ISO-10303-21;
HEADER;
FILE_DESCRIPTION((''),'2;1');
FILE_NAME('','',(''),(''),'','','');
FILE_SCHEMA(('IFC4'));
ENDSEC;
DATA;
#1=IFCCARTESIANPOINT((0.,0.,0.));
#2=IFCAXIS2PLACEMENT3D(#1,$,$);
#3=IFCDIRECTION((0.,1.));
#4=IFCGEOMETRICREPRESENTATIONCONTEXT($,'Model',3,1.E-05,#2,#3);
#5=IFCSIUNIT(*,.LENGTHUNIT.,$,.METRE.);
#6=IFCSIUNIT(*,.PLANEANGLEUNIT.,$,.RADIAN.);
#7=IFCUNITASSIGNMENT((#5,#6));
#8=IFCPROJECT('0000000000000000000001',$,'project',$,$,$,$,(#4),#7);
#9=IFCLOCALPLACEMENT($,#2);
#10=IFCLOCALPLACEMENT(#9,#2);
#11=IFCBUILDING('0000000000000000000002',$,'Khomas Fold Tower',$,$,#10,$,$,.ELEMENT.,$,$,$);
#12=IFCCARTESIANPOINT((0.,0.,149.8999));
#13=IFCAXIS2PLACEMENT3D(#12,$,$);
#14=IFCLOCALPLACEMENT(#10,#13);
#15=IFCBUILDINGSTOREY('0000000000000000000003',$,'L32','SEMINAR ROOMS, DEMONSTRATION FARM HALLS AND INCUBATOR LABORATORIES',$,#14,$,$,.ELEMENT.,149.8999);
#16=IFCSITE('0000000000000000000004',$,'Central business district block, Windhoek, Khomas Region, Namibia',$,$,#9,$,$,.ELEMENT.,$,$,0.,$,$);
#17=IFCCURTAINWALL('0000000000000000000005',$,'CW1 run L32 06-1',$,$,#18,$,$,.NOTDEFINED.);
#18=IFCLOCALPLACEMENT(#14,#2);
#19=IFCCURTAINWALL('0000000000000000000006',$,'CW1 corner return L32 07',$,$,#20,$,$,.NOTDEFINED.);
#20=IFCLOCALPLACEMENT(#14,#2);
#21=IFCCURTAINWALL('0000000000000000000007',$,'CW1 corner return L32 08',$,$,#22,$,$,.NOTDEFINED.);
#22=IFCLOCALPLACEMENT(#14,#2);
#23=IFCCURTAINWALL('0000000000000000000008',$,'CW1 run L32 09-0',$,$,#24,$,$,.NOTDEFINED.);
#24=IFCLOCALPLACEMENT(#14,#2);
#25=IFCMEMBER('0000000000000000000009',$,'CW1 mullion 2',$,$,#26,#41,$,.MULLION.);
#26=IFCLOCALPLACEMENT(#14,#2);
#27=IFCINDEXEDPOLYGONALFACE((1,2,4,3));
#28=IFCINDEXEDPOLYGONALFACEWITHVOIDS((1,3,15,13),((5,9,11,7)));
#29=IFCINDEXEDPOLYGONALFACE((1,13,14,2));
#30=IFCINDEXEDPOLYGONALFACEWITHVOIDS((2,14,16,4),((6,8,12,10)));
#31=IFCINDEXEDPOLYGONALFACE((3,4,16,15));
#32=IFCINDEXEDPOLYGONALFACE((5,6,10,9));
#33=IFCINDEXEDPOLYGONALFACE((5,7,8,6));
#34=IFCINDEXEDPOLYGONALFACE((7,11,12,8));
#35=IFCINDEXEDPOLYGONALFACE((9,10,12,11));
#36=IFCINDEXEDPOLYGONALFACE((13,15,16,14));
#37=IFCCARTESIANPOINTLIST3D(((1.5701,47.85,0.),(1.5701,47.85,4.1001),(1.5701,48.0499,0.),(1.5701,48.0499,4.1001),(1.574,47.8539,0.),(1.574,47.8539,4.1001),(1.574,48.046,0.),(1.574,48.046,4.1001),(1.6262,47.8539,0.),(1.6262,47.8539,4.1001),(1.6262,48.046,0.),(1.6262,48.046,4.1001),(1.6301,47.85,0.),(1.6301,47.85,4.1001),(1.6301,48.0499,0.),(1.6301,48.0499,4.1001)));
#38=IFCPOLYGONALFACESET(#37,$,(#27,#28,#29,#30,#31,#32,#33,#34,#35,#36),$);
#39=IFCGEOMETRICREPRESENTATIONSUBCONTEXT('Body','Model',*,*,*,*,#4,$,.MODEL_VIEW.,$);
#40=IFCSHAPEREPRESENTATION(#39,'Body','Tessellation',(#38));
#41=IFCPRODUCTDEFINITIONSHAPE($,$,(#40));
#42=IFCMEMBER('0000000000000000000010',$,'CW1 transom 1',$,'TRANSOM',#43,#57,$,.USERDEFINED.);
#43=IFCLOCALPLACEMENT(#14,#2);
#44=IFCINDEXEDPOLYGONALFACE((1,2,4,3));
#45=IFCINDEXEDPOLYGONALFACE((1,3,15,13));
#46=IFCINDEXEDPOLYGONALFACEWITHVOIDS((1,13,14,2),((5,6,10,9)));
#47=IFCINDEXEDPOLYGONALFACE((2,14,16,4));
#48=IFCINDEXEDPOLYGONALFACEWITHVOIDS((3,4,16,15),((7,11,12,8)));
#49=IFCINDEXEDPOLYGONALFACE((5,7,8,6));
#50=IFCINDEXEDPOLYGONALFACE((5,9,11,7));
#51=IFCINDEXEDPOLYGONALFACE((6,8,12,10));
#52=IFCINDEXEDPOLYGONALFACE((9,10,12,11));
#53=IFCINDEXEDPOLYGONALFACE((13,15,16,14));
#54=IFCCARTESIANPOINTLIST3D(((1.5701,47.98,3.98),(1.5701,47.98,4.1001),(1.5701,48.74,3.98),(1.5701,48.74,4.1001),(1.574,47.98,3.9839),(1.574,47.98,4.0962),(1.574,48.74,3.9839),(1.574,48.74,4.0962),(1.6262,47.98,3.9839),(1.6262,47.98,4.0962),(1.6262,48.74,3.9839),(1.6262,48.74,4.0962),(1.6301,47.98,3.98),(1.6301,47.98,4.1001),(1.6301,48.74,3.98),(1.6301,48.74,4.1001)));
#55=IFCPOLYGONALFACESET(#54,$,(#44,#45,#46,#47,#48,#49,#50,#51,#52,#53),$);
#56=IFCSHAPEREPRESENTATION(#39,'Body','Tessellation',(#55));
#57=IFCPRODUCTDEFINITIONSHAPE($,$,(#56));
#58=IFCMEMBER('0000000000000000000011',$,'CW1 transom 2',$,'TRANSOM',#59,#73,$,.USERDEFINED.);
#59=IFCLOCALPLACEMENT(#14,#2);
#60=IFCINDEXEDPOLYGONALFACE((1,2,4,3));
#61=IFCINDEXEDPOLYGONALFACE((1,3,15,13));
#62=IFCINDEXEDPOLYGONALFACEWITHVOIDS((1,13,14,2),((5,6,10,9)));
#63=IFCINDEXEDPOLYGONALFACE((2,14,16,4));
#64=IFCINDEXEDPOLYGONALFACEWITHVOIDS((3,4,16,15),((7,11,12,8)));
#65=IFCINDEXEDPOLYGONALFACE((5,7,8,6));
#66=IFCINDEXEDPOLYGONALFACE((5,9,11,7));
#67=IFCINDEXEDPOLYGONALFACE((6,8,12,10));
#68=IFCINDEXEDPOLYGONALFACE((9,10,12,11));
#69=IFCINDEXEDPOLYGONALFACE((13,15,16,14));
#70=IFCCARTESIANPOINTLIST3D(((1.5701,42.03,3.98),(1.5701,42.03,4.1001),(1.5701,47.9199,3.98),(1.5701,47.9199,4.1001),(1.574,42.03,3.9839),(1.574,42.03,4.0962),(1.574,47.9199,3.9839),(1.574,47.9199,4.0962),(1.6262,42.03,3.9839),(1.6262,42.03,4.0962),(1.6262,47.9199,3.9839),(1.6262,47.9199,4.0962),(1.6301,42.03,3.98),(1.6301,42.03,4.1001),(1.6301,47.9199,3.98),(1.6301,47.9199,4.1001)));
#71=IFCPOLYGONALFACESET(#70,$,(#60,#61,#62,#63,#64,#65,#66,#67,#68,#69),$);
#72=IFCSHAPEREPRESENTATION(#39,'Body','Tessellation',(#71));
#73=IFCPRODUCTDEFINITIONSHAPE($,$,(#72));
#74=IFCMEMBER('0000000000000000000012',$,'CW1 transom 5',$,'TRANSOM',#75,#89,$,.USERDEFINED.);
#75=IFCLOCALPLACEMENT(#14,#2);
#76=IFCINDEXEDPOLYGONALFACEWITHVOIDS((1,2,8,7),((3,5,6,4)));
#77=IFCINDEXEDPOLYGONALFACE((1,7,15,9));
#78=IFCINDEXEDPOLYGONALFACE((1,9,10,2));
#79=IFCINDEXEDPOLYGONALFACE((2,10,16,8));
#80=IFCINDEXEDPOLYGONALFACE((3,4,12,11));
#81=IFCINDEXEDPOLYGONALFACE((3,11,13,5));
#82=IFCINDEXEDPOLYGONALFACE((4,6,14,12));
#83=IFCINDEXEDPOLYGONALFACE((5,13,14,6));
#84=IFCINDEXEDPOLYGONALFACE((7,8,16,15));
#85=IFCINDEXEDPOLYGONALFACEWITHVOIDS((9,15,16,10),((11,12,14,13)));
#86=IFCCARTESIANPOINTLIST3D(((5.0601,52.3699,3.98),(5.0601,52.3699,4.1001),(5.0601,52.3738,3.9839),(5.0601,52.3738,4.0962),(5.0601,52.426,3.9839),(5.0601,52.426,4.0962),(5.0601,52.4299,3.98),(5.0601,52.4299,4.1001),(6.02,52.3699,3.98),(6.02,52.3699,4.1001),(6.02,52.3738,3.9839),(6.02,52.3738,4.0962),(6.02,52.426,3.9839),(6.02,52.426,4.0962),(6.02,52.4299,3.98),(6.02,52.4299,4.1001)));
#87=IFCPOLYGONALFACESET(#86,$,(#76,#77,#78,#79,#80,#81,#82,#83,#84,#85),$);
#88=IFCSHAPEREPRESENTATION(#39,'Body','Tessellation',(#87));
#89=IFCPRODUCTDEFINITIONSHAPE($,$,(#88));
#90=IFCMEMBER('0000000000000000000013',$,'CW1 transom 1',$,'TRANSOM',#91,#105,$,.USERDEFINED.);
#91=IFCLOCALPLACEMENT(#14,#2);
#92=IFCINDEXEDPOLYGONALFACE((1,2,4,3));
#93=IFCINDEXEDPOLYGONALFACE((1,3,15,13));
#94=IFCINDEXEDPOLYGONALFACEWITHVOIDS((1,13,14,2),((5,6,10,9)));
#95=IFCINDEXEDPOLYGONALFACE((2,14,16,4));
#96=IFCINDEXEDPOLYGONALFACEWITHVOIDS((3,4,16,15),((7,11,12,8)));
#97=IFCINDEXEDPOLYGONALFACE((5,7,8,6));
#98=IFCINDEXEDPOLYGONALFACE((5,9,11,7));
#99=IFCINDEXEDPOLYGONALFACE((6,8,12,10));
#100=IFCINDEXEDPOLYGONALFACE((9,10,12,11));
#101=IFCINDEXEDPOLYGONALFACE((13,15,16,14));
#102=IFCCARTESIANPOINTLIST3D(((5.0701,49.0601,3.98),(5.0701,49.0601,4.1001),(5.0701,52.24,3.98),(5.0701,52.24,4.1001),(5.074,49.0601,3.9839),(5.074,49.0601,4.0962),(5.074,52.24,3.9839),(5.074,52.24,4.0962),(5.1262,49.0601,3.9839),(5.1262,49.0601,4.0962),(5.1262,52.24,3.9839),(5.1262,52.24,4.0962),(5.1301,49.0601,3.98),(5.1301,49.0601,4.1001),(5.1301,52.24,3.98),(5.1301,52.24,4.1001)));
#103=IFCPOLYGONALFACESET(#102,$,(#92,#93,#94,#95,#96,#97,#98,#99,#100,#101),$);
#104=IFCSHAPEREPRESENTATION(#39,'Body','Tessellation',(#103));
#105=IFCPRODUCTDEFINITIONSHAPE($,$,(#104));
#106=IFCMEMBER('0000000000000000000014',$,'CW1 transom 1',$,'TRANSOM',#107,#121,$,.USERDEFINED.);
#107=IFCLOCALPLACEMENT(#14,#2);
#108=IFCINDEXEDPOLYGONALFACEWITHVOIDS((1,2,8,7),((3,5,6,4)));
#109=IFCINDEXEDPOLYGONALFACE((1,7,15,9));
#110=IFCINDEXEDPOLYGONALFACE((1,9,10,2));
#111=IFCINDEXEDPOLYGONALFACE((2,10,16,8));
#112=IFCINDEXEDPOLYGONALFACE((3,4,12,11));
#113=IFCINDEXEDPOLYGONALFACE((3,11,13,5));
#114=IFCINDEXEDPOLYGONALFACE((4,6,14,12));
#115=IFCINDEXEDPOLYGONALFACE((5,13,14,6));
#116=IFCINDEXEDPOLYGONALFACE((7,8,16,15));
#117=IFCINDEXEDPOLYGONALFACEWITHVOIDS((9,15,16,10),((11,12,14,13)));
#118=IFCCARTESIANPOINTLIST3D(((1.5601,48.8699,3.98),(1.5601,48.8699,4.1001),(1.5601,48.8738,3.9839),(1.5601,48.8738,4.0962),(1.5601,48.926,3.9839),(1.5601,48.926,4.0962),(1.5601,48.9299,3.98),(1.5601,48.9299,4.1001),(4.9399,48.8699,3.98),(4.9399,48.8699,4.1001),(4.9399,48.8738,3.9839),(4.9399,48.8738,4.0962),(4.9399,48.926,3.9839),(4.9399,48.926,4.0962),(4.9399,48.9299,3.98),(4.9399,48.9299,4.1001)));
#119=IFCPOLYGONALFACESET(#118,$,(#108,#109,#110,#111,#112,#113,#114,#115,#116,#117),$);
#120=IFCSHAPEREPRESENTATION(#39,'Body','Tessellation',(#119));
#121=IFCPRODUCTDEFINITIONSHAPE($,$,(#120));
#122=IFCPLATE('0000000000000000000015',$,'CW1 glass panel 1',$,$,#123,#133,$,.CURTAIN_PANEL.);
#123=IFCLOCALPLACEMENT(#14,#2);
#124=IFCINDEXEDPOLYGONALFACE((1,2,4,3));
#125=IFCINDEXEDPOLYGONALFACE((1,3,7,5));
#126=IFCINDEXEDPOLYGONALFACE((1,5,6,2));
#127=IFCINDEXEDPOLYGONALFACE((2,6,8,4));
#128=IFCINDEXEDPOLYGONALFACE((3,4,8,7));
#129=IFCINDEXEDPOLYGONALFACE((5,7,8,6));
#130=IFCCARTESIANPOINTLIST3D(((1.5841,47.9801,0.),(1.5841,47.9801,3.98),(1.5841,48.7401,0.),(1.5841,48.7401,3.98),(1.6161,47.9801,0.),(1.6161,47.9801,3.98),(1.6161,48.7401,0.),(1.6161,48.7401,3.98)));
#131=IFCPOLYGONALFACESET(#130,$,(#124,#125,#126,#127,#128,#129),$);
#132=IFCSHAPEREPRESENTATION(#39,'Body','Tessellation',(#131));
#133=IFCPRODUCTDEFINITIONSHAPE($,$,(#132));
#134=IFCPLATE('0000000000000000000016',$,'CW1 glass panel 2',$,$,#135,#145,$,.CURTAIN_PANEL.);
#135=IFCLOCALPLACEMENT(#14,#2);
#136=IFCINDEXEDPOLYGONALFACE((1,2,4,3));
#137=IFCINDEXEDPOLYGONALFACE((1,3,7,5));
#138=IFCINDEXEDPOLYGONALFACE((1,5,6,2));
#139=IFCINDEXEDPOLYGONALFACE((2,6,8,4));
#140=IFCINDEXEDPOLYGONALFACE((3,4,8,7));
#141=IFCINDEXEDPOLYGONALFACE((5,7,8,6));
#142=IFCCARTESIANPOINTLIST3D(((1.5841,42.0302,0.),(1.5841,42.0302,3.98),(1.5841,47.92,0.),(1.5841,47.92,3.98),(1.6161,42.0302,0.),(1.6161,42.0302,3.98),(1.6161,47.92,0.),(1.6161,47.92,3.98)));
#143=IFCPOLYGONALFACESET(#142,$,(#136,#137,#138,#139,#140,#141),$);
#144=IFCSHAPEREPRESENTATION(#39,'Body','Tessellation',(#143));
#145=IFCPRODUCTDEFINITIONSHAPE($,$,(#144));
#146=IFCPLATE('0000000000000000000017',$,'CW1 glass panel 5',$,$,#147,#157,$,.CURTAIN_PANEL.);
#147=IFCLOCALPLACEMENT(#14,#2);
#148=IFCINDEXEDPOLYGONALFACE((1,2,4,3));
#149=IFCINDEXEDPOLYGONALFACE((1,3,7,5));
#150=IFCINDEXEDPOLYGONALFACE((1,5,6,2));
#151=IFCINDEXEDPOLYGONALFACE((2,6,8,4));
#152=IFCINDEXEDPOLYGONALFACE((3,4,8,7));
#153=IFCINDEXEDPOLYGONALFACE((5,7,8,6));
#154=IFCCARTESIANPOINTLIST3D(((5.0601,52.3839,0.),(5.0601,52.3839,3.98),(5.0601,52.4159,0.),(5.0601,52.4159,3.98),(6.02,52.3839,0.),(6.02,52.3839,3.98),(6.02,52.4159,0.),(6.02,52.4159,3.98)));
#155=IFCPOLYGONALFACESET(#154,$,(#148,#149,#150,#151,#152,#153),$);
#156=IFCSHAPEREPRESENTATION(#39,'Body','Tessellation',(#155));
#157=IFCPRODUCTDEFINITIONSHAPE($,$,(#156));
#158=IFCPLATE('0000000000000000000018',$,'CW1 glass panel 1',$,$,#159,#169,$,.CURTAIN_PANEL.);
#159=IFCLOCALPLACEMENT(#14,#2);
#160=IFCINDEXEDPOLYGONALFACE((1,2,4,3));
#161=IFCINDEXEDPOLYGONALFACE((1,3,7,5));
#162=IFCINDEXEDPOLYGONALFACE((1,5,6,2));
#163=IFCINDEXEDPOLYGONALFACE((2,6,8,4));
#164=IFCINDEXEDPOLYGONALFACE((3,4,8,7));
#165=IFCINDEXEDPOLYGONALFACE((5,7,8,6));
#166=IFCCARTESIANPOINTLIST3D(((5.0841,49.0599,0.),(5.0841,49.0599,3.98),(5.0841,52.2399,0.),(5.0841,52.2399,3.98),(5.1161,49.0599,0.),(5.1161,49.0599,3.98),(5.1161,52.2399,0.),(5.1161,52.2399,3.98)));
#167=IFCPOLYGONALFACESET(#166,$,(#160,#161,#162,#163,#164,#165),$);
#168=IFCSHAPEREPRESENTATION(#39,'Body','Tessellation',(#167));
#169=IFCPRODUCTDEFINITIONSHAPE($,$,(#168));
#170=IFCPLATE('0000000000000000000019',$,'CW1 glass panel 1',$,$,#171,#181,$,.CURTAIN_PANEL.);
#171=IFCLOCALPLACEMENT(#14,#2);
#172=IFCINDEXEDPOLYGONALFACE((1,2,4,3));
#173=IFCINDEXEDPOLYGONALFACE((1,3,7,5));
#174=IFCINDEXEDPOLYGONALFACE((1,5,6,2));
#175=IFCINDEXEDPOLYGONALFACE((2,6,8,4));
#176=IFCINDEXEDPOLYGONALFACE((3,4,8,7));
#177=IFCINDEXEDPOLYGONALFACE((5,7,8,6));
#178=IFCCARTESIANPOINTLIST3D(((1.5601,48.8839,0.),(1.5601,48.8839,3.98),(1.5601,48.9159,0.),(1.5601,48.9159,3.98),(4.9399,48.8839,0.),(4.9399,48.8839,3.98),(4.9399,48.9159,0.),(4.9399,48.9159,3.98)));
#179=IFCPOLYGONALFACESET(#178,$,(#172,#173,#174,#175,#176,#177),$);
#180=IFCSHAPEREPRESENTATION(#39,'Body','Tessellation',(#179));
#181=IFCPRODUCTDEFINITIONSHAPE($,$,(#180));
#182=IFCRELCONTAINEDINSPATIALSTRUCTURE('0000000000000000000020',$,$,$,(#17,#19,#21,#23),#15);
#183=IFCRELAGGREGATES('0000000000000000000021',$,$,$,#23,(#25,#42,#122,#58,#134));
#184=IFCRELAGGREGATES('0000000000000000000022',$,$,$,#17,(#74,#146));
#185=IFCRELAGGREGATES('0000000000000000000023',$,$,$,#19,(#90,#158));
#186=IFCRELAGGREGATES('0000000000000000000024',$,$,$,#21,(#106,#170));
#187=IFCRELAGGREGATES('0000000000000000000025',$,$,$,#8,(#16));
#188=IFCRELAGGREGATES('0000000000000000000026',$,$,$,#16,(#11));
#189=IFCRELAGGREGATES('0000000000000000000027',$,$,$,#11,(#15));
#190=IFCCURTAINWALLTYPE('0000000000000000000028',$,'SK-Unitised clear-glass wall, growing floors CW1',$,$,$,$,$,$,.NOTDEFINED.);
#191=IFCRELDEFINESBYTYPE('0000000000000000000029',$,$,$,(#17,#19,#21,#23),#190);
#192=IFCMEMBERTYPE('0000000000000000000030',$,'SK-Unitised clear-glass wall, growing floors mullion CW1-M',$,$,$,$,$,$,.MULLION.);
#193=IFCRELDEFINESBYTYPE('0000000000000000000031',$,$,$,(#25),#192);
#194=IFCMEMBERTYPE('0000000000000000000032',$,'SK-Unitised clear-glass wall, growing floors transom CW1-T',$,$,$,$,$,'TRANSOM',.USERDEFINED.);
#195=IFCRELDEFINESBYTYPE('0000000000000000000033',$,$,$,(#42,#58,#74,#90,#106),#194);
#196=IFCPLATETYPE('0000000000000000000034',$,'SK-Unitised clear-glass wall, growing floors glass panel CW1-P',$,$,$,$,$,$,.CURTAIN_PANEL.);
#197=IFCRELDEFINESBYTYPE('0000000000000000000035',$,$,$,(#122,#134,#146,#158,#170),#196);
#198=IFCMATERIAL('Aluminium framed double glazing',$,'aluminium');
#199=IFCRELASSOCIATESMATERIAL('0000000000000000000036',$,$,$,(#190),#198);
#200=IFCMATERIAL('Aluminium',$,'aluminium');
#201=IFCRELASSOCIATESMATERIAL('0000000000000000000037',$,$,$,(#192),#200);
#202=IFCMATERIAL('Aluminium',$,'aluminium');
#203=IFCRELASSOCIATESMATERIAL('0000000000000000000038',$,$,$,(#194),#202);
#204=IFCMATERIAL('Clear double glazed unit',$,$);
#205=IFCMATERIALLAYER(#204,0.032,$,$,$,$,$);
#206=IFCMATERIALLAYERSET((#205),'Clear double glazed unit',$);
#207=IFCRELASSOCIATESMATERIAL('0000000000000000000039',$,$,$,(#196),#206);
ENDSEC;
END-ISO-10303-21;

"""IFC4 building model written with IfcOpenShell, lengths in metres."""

from ifc_helpers import new_model, si_unit, direction, frame, origin, origin_2d, place, context, subcontext, project, spatial, rectangle, hollow_rectangle, extrude, source, transform, mapped, material, layer, layer_set, material_profile, profile_set, type_object, element, aggregate, save


model = new_model("IFC4")

# Units and contexts
model_context = context("Model", 3, precision=1e-05, world=origin(), true_north=direction((0.0, 1.0)))
body_context = subcontext(model_context, "Body", "Model", "MODEL_VIEW")
ifc_project = project(units=[si_unit("LENGTHUNIT", "METRE"), si_unit("PLANEANGLEUNIT", "RADIAN")], contexts=[model_context])

# Site, building, storey
site_placement = place(None, origin())
site = spatial("IfcSite", under=ifc_project, at=site_placement, Name="Central business district block, Windhoek, Khomas Region, Namibia", CompositionType="ELEMENT", RefElevation=0.0)
building_placement = place(site_placement, origin())
building = spatial("IfcBuilding", under=site, at=building_placement, Name="Khomas Fold Tower", CompositionType="ELEMENT")
storey_placement = place(building_placement, frame((0.0, 0.0, 149.8999)))
storey = spatial("IfcBuildingStorey", under=building, at=storey_placement, Name="L32", Description="SEMINAR ROOMS, DEMONSTRATION FARM HALLS AND INCUBATOR LABORATORIES", CompositionType="ELEMENT", Elevation=149.8999)

# Curtain wall
ifc_material_1 = material(Name="Aluminium framed double glazing", Category="aluminium")
curtain_wall_type = type_object("IfcCurtainWallType", Name="SK-Unitised clear-glass wall, growing floors CW1", PredefinedType="NOTDEFINED", material=ifc_material_1)
curtain_wall_1_placement = place(storey_placement, origin())
curtain_wall_1 = element("IfcCurtainWall", 1, at=curtain_wall_1_placement, inside=storey, type_object=curtain_wall_type, Name="CW1 run L32 06-1", PredefinedType="NOTDEFINED")
ifc_material_2 = material(Name="Aluminium", Category="aluminium")
ifc_material_profile_1 = material_profile(ifc_material_2, hollow_rectangle(XDim=0.0601, YDim=0.2, WallThickness=0.0039, at=origin_2d()), Name="SK-Unitised clear-glass wall, growing floors mullion CW1-M")
ifc_profile_set_1 = profile_set([ifc_material_profile_1], Name="Aluminium")
member_type_1 = type_object("IfcMemberType", Name="SK-Unitised clear-glass wall, growing floors mullion CW1-M", PredefinedType="MULLION", material=ifc_profile_set_1)
shared_shape_1 = source(origin(), body_context, "Body", "SweptSolid", [
    extrude(hollow_rectangle(XDim=0.0601, YDim=0.2, WallThickness=0.0039, at=origin_2d()), origin(), (0.0, 0.0, 1.0), 4.1001),
])

# Curtain walls, members
curtain_wall_2_placement = place(storey_placement, origin())
curtain_wall_2 = element("IfcCurtainWall", 2, at=curtain_wall_2_placement, inside=storey, type_object=curtain_wall_type, Name="CW1 corner return L32 07", PredefinedType="NOTDEFINED")
curtain_wall_3_placement = place(storey_placement, origin())
curtain_wall_3 = element("IfcCurtainWall", 3, at=curtain_wall_3_placement, inside=storey, type_object=curtain_wall_type, Name="CW1 corner return L32 08", PredefinedType="NOTDEFINED")
curtain_wall_4_placement = place(storey_placement, origin())
curtain_wall_4 = element("IfcCurtainWall", 4, at=curtain_wall_4_placement, inside=storey, type_object=curtain_wall_type, Name="CW1 run L32 09-0", PredefinedType="NOTDEFINED")
member_1_placement = place(storey_placement, frame((1.6001, 47.95, 0.0), z_axis=(0.0, 0.0, 1.0), x_axis=(1.0, 0.0, 0.0)))
member_1 = element("IfcMember", 5, at=member_1_placement, type_object=member_type_1, Name="CW1 mullion 2", PredefinedType="MULLION", context=body_context, shape_type="MappedRepresentation", body=[
    mapped(shared_shape_1, transform((0.0, 0.0, 0.0))),
])
ifc_material_3 = material(Name="Aluminium", Category="aluminium")
ifc_material_profile_2 = material_profile(ifc_material_3, hollow_rectangle(XDim=0.0601, YDim=0.1201, WallThickness=0.0039, at=origin_2d()), Name="SK-Unitised clear-glass wall, growing floors transom CW1-T")
ifc_profile_set_2 = profile_set([ifc_material_profile_2], Name="Aluminium")
member_type_2 = type_object("IfcMemberType", Name="SK-Unitised clear-glass wall, growing floors transom CW1-T", ElementType="TRANSOM", PredefinedType="USERDEFINED", material=ifc_profile_set_2)
shared_shape_2 = source(origin(), body_context, "Body", "SweptSolid", [
    extrude(hollow_rectangle(XDim=0.0601, YDim=0.1201, WallThickness=0.0039, at=origin_2d()), origin(), (0.0, 0.0, 1.0), 0.76),
])
member_2_placement = place(storey_placement, frame((1.6001, 48.74, 4.04), z_axis=(0.0, -1.0, 0.0), x_axis=(1.0, 0.0, 0.0)))
member_2 = element("IfcMember", 6, at=member_2_placement, type_object=member_type_2, Name="CW1 transom 1", ObjectType="TRANSOM", PredefinedType="USERDEFINED", context=body_context, shape_type="MappedRepresentation", body=[
    mapped(shared_shape_2, transform((0.0, 0.0, 0.0))),
])
shared_shape_3 = source(origin(), body_context, "Body", "SweptSolid", [
    extrude(hollow_rectangle(XDim=0.0601, YDim=0.1201, WallThickness=0.0039, at=origin_2d()), origin(), (0.0, 0.0, 1.0), 5.8899),
])
member_3_placement = place(storey_placement, frame((1.6001, 47.9199, 4.04), z_axis=(0.0, -1.0, 0.0), x_axis=(1.0, 0.0, 0.0)))
member_3 = element("IfcMember", 7, at=member_3_placement, type_object=member_type_2, Name="CW1 transom 2", ObjectType="TRANSOM", PredefinedType="USERDEFINED", context=body_context, shape_type="MappedRepresentation", body=[
    mapped(shared_shape_3, transform((0.0, 0.0, 0.0))),
])

# Members
shared_shape_4 = source(origin(), body_context, "Body", "SweptSolid", [
    extrude(hollow_rectangle(XDim=0.0601, YDim=0.1201, WallThickness=0.0039, at=origin_2d()), origin(), (0.0, 0.0, 1.0), 0.96),
])
member_4_placement = place(storey_placement, frame((6.02, 52.3999, 4.04), z_axis=(-1.0, 0.0, 0.0), x_axis=(0.0, -1.0, 0.0)))
member_4 = element("IfcMember", 8, at=member_4_placement, type_object=member_type_2, Name="CW1 transom 5", ObjectType="TRANSOM", PredefinedType="USERDEFINED", context=body_context, shape_type="MappedRepresentation", body=[
    mapped(shared_shape_4, transform((0.0, 0.0, 0.0))),
])
shared_shape_5 = source(origin(), body_context, "Body", "SweptSolid", [
    extrude(hollow_rectangle(XDim=0.0601, YDim=0.1201, WallThickness=0.0039, at=origin_2d()), origin(), (0.0, 0.0, 1.0), 3.1799),
])
member_5_placement = place(storey_placement, frame((5.1001, 52.24, 4.04), z_axis=(0.0, -1.0, 0.0), x_axis=(1.0, 0.0, 0.0)))
member_5 = element("IfcMember", 9, at=member_5_placement, type_object=member_type_2, Name="CW1 transom 1", ObjectType="TRANSOM", PredefinedType="USERDEFINED", context=body_context, shape_type="MappedRepresentation", body=[
    mapped(shared_shape_5, transform((0.0, 0.0, 0.0))),
])
shared_shape_6 = source(origin(), body_context, "Body", "SweptSolid", [
    extrude(hollow_rectangle(XDim=0.0601, YDim=0.1201, WallThickness=0.0039, at=origin_2d()), origin(), (0.0, 0.0, 1.0), 3.3799),
])
member_6_placement = place(storey_placement, frame((4.9399, 48.8999, 4.04), z_axis=(-1.0, 0.0, 0.0), x_axis=(0.0, -1.0, 0.0)))
member_6 = element("IfcMember", 10, at=member_6_placement, type_object=member_type_2, Name="CW1 transom 1", ObjectType="TRANSOM", PredefinedType="USERDEFINED", context=body_context, shape_type="MappedRepresentation", body=[
    mapped(shared_shape_6, transform((0.0, 0.0, 0.0))),
])

# Plates
ifc_material_4 = material(Name="Clear double glazed unit")
ifc_layer_1 = layer(ifc_material_4, 0.032)
ifc_layer_set_1 = layer_set([ifc_layer_1], Name="Clear double glazed unit")
plate_type = type_object("IfcPlateType", Name="SK-Unitised clear-glass wall, growing floors glass panel CW1-P", PredefinedType="CURTAIN_PANEL", material=ifc_layer_set_1)
shared_shape_7 = source(origin(), body_context, "Body", "SweptSolid", [
    extrude(rectangle(XDim=0.76, YDim=0.032, at=origin_2d()), origin(), (0.0, 0.0, 1.0), 3.98),
])
plate_1_placement = place(storey_placement, frame((1.6001, 48.3601, 0.0), z_axis=(0.0, 0.0, 1.0), x_axis=(0.0, -1.0, 0.0)))
plate_1 = element("IfcPlate", 11, at=plate_1_placement, type_object=plate_type, Name="CW1 glass panel 1", PredefinedType="CURTAIN_PANEL", context=body_context, shape_type="MappedRepresentation", body=[
    mapped(shared_shape_7, transform((0.0, 0.0, 0.0))),
])
shared_shape_8 = source(origin(), body_context, "Body", "SweptSolid", [
    extrude(rectangle(XDim=5.8899, YDim=0.032, at=origin_2d()), origin(), (0.0, 0.0, 1.0), 3.98),
])
plate_2_placement = place(storey_placement, frame((1.6001, 44.9751, 0.0), z_axis=(0.0, 0.0, 1.0), x_axis=(0.0, -1.0, 0.0)))
plate_2 = element("IfcPlate", 12, at=plate_2_placement, type_object=plate_type, Name="CW1 glass panel 2", PredefinedType="CURTAIN_PANEL", context=body_context, shape_type="MappedRepresentation", body=[
    mapped(shared_shape_8, transform((0.0, 0.0, 0.0))),
])
aggregate(curtain_wall_4, [member_1, member_2, plate_1, member_3, plate_2])
shared_shape_9 = source(origin(), body_context, "Body", "SweptSolid", [
    extrude(rectangle(XDim=0.96, YDim=0.032, at=origin_2d()), origin(), (0.0, 0.0, 1.0), 3.98),
])
plate_3_placement = place(storey_placement, frame((5.54, 52.3999, 0.0), z_axis=(0.0, 0.0, 1.0), x_axis=(-1.0, 0.0, 0.0)))
plate_3 = element("IfcPlate", 13, at=plate_3_placement, type_object=plate_type, Name="CW1 glass panel 5", PredefinedType="CURTAIN_PANEL", context=body_context, shape_type="MappedRepresentation", body=[
    mapped(shared_shape_9, transform((0.0, 0.0, 0.0))),
])
aggregate(curtain_wall_1, [member_4, plate_3])
shared_shape_10 = source(origin(), body_context, "Body", "SweptSolid", [
    extrude(rectangle(XDim=3.1799, YDim=0.032, at=origin_2d()), origin(), (0.0, 0.0, 1.0), 3.98),
])
plate_4_placement = place(storey_placement, frame((5.1001, 50.6499, 0.0), z_axis=(0.0, 0.0, 1.0), x_axis=(0.0, -1.0, 0.0)))
plate_4 = element("IfcPlate", 14, at=plate_4_placement, type_object=plate_type, Name="CW1 glass panel 1", PredefinedType="CURTAIN_PANEL", context=body_context, shape_type="MappedRepresentation", body=[
    mapped(shared_shape_10, transform((0.0, 0.0, 0.0))),
])
aggregate(curtain_wall_2, [member_5, plate_4])
shared_shape_11 = source(origin(), body_context, "Body", "SweptSolid", [
    extrude(rectangle(XDim=3.3799, YDim=0.032, at=origin_2d()), origin(), (0.0, 0.0, 1.0), 3.98),
])
plate_5_placement = place(storey_placement, frame((3.25, 48.8999, 0.0), z_axis=(0.0, 0.0, 1.0), x_axis=(-1.0, 0.0, 0.0)))
plate_5 = element("IfcPlate", 15, at=plate_5_placement, type_object=plate_type, Name="CW1 glass panel 1", PredefinedType="CURTAIN_PANEL", context=body_context, shape_type="MappedRepresentation", body=[
    mapped(shared_shape_11, transform((0.0, 0.0, 0.0))),
])
aggregate(curtain_wall_3, [member_6, plate_5])

save(model, "model.ifc")
